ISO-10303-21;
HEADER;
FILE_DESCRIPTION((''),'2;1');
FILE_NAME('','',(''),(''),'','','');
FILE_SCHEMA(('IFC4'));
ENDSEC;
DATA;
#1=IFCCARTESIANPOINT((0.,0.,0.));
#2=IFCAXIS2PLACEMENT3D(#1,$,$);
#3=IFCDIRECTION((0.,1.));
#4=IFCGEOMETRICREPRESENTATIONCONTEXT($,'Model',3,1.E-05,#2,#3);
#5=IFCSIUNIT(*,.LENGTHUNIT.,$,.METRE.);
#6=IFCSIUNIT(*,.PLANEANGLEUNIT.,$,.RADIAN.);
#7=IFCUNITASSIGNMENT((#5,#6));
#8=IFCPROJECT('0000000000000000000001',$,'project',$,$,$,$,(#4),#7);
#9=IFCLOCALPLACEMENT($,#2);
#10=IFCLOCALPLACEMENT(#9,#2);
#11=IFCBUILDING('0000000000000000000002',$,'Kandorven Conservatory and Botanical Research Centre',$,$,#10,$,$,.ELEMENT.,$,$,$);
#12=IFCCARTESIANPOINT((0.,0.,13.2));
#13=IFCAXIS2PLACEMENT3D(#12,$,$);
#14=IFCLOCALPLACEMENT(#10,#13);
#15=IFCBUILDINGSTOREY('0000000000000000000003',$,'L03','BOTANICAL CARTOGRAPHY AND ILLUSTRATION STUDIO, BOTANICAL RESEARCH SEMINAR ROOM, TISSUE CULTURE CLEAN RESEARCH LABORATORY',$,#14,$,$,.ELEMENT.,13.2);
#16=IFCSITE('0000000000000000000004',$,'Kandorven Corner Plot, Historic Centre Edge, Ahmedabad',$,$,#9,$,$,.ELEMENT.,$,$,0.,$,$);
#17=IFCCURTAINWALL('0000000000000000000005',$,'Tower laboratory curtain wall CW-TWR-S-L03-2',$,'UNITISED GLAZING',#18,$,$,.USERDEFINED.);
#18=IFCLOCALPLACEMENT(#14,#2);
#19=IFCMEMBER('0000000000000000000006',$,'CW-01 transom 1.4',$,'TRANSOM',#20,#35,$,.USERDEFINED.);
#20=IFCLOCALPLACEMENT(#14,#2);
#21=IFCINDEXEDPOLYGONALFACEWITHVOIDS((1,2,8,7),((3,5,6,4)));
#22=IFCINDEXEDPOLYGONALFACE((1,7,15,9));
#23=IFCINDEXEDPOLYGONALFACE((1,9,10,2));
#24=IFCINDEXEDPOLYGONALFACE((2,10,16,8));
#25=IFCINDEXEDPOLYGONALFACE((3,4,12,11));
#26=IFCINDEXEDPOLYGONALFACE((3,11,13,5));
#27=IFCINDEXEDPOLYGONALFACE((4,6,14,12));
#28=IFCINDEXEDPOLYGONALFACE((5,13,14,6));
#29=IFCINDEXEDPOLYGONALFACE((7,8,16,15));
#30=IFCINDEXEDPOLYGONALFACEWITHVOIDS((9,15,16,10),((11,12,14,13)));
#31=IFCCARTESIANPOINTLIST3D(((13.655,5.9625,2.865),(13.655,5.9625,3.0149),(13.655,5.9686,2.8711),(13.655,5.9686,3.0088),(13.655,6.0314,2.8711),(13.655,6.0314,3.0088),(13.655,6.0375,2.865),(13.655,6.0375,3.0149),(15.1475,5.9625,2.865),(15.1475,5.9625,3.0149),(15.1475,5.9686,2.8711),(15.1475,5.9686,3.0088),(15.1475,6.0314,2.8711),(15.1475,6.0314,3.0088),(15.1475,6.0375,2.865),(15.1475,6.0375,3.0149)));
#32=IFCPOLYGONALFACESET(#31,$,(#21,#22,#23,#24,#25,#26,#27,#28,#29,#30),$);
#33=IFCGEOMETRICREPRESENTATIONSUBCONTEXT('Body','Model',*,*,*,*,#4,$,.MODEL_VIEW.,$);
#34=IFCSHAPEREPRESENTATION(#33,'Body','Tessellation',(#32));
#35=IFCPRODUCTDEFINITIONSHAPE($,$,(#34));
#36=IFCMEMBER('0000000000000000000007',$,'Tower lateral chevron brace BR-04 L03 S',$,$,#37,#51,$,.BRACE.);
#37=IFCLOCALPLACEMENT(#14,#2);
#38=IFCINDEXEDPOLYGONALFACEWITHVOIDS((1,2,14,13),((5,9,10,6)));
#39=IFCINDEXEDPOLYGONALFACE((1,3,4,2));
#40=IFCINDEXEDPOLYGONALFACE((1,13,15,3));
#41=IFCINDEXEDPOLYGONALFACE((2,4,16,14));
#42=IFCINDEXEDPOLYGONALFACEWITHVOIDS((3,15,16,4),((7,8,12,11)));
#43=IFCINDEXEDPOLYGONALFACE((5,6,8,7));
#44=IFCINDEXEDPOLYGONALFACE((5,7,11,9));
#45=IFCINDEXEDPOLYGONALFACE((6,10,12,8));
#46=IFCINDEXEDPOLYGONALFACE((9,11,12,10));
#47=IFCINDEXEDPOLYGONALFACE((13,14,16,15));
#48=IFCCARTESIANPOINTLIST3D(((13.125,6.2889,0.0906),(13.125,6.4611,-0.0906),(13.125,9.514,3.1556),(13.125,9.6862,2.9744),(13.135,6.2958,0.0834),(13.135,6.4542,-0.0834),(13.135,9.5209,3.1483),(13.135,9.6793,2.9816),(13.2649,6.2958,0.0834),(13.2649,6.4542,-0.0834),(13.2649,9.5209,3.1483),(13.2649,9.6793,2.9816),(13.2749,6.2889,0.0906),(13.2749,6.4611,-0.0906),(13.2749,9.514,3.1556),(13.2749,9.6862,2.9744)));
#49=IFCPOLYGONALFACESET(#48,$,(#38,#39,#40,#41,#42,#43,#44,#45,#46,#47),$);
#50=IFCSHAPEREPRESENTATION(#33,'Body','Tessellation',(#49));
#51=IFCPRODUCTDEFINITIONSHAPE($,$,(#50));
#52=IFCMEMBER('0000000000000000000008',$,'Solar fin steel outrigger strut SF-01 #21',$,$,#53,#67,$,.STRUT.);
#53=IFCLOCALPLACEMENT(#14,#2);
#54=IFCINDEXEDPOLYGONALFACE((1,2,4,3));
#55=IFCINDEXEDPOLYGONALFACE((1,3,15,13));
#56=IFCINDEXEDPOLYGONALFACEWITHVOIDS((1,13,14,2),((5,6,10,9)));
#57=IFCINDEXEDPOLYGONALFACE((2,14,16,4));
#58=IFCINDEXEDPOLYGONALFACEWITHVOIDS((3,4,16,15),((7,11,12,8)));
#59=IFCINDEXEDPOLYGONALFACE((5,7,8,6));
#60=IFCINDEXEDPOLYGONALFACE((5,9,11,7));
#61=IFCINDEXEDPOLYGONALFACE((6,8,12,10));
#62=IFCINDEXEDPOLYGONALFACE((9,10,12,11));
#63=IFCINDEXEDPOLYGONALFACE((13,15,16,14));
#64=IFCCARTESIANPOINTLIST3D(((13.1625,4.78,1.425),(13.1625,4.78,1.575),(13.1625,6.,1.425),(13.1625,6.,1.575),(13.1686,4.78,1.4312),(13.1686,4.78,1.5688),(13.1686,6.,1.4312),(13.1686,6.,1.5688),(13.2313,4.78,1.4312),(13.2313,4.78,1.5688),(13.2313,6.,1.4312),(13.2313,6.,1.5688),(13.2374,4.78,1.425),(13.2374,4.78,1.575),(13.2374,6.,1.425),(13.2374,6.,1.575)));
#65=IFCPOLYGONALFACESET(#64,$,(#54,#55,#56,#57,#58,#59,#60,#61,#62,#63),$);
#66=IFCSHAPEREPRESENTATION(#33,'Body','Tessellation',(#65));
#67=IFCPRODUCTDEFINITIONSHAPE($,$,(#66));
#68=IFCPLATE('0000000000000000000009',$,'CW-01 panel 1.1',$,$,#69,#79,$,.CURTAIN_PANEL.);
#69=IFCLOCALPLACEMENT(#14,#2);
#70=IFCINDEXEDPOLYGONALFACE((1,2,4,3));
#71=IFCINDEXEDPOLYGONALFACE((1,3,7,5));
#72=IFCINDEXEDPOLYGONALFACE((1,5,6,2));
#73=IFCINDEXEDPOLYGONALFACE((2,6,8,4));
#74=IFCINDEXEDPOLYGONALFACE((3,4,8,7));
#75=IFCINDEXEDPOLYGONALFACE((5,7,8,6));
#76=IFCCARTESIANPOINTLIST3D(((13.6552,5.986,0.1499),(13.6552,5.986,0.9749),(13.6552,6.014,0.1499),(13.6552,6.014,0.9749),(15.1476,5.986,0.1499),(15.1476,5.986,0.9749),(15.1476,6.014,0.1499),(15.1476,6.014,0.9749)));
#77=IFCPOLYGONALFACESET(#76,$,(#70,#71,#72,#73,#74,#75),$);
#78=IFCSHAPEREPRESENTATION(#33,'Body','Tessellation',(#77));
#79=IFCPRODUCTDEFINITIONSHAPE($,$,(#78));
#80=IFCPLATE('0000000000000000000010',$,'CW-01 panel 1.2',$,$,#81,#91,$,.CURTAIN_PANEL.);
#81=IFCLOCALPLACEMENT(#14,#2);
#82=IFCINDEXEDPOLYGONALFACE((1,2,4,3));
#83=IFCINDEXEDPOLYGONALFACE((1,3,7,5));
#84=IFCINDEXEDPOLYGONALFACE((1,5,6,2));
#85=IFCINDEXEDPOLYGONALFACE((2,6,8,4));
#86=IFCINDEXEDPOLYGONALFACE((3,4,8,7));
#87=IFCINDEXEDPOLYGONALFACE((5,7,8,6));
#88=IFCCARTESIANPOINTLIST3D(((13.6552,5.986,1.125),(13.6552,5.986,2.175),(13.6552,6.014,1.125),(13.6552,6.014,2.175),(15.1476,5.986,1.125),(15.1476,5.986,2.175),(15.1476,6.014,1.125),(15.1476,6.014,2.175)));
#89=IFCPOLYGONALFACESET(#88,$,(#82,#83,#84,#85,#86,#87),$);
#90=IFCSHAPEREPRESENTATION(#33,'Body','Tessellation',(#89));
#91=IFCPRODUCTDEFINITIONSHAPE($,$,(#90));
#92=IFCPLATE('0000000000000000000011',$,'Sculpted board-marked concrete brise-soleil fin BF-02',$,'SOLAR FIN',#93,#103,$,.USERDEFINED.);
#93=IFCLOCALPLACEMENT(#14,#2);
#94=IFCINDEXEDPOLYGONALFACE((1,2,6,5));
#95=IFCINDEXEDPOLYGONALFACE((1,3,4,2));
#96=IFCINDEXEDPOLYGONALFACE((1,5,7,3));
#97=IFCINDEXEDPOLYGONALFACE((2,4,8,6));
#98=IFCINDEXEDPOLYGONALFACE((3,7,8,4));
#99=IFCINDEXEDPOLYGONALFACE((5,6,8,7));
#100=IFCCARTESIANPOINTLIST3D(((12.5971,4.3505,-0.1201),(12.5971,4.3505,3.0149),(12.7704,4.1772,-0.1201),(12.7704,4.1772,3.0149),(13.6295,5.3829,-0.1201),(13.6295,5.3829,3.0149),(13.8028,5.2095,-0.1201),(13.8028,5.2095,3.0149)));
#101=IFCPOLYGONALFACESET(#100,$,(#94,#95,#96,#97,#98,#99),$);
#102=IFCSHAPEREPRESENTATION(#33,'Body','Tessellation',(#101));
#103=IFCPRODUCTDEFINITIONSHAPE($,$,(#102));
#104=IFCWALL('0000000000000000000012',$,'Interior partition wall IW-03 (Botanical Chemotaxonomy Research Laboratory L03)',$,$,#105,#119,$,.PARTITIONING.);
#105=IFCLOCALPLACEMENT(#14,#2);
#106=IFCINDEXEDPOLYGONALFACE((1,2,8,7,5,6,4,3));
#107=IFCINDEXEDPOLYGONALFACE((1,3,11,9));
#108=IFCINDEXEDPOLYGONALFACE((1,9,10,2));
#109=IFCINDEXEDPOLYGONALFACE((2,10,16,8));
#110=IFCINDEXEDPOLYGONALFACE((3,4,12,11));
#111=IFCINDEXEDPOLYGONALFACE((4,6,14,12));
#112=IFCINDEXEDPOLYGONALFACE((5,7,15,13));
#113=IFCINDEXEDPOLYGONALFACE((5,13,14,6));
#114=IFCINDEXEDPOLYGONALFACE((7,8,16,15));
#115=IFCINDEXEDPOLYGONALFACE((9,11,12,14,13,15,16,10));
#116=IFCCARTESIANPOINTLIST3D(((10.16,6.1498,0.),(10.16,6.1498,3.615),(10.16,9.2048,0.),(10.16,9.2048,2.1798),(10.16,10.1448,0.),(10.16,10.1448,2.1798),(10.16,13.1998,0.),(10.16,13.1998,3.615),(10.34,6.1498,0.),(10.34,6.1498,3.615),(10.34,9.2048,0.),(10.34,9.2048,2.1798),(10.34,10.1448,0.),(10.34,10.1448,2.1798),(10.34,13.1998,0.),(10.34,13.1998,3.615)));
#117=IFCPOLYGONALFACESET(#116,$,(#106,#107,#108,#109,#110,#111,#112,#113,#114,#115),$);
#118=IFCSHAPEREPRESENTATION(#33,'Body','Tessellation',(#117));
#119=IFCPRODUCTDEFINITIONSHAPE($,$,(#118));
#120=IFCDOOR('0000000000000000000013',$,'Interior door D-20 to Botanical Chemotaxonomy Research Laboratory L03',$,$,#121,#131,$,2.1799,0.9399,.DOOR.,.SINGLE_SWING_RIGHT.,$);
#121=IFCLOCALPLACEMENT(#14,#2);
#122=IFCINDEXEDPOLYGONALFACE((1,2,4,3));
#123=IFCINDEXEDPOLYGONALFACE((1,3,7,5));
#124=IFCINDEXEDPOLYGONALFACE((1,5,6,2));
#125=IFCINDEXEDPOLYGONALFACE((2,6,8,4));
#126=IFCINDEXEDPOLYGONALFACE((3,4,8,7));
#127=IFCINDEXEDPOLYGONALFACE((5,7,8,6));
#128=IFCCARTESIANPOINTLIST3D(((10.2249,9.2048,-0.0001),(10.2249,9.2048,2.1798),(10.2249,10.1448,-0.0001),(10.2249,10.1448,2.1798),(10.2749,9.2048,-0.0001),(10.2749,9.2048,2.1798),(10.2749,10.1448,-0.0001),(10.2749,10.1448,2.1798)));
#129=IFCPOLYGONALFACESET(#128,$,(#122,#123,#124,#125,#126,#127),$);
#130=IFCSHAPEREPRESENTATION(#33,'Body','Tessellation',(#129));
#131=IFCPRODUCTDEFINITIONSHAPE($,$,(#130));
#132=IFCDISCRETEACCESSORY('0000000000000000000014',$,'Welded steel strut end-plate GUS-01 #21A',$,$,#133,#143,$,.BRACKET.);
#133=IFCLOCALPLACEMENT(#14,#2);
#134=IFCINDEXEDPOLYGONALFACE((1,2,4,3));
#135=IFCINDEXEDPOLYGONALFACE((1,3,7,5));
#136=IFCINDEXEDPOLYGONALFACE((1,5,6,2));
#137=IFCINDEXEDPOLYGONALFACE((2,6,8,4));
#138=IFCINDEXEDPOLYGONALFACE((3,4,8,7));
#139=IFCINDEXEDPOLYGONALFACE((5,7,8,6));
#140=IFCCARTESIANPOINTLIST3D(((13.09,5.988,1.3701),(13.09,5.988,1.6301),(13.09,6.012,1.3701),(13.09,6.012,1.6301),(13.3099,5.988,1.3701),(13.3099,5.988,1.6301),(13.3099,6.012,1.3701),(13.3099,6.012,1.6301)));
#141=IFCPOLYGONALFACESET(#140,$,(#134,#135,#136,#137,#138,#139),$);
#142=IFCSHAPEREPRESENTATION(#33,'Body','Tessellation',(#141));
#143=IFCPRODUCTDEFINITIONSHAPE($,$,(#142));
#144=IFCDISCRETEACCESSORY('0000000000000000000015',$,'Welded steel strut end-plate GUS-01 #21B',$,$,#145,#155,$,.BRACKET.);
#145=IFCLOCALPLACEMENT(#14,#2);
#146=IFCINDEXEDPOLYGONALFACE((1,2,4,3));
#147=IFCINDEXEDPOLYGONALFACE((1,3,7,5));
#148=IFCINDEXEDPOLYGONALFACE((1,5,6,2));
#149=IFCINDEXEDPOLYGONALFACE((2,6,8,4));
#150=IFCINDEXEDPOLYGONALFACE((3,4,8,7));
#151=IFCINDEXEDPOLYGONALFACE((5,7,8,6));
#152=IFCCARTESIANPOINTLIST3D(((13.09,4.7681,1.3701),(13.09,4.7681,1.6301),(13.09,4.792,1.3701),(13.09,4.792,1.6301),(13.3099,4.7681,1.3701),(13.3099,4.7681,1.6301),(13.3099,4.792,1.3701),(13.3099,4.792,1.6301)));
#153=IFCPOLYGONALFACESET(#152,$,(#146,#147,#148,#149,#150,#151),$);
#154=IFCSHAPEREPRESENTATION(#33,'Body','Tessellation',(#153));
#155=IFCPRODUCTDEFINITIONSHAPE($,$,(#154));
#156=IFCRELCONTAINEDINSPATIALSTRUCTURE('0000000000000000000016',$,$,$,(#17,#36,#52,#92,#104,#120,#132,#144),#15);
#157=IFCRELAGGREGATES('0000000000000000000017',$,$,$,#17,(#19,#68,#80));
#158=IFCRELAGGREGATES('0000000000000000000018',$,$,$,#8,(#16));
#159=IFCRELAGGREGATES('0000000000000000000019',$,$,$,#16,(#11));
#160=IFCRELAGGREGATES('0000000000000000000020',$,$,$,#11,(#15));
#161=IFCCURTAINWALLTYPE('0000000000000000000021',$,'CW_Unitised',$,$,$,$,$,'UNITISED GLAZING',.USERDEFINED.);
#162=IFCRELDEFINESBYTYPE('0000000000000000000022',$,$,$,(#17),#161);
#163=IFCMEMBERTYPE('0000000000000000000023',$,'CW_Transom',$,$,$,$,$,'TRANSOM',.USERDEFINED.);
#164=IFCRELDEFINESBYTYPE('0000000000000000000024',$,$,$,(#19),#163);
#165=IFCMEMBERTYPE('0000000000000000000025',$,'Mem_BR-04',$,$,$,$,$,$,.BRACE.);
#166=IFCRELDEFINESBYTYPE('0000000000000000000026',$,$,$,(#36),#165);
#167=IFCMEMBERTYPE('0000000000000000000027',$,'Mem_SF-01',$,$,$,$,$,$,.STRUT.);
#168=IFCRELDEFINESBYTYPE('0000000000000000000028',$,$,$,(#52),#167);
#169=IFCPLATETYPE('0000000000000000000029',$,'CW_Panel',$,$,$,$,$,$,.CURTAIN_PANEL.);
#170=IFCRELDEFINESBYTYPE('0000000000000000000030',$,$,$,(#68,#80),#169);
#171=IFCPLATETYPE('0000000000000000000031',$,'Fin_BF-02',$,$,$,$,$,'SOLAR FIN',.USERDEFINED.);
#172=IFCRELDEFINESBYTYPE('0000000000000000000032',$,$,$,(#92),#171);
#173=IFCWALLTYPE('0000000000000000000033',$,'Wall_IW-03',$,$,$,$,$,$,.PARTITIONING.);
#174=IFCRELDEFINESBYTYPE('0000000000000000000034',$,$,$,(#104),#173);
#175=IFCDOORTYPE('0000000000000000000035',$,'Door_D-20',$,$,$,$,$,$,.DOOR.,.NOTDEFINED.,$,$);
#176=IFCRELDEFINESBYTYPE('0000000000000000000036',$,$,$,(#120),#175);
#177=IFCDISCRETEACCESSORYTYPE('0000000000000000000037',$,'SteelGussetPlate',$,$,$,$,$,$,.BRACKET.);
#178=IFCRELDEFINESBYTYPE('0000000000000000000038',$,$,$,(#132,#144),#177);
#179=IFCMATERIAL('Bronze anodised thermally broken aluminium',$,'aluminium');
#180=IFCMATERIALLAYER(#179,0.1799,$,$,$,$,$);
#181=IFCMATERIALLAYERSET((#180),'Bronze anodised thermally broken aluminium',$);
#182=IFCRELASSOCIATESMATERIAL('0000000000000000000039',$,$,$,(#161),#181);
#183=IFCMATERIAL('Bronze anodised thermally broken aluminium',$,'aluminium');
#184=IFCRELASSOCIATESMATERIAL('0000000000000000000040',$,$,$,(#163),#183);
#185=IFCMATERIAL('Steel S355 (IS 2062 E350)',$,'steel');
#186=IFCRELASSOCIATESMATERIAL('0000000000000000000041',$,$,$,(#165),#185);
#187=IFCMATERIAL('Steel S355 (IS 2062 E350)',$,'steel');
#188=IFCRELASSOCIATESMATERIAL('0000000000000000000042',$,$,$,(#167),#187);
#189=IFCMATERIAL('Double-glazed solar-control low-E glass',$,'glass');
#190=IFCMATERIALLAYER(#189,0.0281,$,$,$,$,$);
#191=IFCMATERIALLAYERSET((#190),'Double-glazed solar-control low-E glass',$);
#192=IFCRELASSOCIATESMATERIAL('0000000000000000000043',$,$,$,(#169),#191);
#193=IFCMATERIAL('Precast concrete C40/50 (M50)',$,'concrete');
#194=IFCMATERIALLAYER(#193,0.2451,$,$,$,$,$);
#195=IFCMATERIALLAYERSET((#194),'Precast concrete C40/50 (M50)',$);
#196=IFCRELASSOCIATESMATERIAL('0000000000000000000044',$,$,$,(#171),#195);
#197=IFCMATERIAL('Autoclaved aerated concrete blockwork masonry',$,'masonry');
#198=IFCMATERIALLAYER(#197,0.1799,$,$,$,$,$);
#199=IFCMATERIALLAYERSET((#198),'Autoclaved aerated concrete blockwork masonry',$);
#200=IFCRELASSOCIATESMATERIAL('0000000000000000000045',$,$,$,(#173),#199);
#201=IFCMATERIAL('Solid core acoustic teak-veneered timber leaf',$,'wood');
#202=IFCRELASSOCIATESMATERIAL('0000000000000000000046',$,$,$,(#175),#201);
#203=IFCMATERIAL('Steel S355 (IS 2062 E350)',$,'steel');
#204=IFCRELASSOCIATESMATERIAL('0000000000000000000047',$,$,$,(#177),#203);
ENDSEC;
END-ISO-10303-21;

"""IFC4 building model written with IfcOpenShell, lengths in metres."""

from ifc_helpers import new_model, si_unit, direction, frame, frame_2d, origin, origin_2d, place, context, subcontext, project, spatial, rectangle, hollow_rectangle, extrude, material, layer, layer_set, material_profile, profile_set, type_object, element, fill, aggregate, save


model = new_model("IFC4")

# Units and contexts
model_context = context("Model", 3, precision=1e-05, world=origin(), true_north=direction((0.0, 1.0)))
body_context = subcontext(model_context, "Body", "Model", "MODEL_VIEW")
ifc_project = project(units=[si_unit("LENGTHUNIT", "METRE"), si_unit("PLANEANGLEUNIT", "RADIAN")], contexts=[model_context])

# Site, building, storey
site_placement = place(None, origin())
site = spatial("IfcSite", under=ifc_project, at=site_placement, Name="Kandorven Corner Plot, Historic Centre Edge, Ahmedabad", CompositionType="ELEMENT", RefElevation=0.0)
building_placement = place(site_placement, origin())
building = spatial("IfcBuilding", under=site, at=building_placement, Name="Kandorven Conservatory and Botanical Research Centre", CompositionType="ELEMENT")
storey_placement = place(building_placement, frame((0.0, 0.0, 13.2)))
storey = spatial("IfcBuildingStorey", under=building, at=storey_placement, Name="L03", Description="BOTANICAL CARTOGRAPHY AND ILLUSTRATION STUDIO, BOTANICAL RESEARCH SEMINAR ROOM, TISSUE CULTURE CLEAN RESEARCH LABORATORY", CompositionType="ELEMENT", Elevation=13.2)

# Curtain wall, member
ifc_material_1 = material(Name="Bronze anodised thermally broken aluminium", Category="aluminium")
ifc_layer_1 = layer(ifc_material_1, 0.1799)
ifc_layer_set_1 = layer_set([ifc_layer_1], Name="Bronze anodised thermally broken aluminium")
curtain_wall_type = type_object("IfcCurtainWallType", Name="CW_Unitised", ElementType="UNITISED GLAZING", PredefinedType="USERDEFINED", material=ifc_layer_set_1)
curtain_wall_placement = place(storey_placement, origin())
curtain_wall = element("IfcCurtainWall", 1, at=curtain_wall_placement, inside=storey, type_object=curtain_wall_type, Name="Tower laboratory curtain wall CW-TWR-S-L03-2", ObjectType="UNITISED GLAZING", PredefinedType="USERDEFINED")
ifc_material_2 = material(Name="Bronze anodised thermally broken aluminium", Category="aluminium")
ifc_material_profile_1 = material_profile(ifc_material_2, hollow_rectangle(XDim=0.075, YDim=0.1499, WallThickness=0.0061, at=origin_2d()))
ifc_profile_set_1 = profile_set([ifc_material_profile_1], Name="Bronze anodised thermally broken aluminium")
member_type_1 = type_object("IfcMemberType", Name="CW_Transom", ElementType="TRANSOM", PredefinedType="USERDEFINED", material=ifc_profile_set_1)
member_1_placement = place(storey_placement, frame((13.655, 6.0, 2.9399), z_axis=(1.0, 0.0, 0.0), x_axis=(0.0, 1.0, 0.0)))
member_1 = element("IfcMember", 2, at=member_1_placement, type_object=member_type_1, Name="CW-01 transom 1.4", ObjectType="TRANSOM", PredefinedType="USERDEFINED", context=body_context, shape_type="SweptSolid", body=[
    extrude(hollow_rectangle(XDim=0.075, YDim=0.1499, WallThickness=0.0061, at=origin_2d()), origin(), (0.0, 0.0, 1.0), 1.4924),
])

# Members
ifc_material_3 = material(Name="Steel S355 (IS 2062 E350)", Category="steel")
ifc_material_profile_2 = material_profile(ifc_material_3, hollow_rectangle(XDim=0.1499, YDim=0.25, WallThickness=0.01, at=origin_2d()))
ifc_profile_set_2 = profile_set([ifc_material_profile_2], Name="Steel S355 (IS 2062 E350)")
member_type_2 = type_object("IfcMemberType", Name="Mem_BR-04", PredefinedType="BRACE", material=ifc_profile_set_2)
member_2_placement = place(storey_placement, frame((13.2, 6.375, 0.0), z_axis=(0.0, 0.724876, 0.688879), x_axis=(-1.0, 0.0, 0.0)))
element("IfcMember", 3, at=member_2_placement, inside=storey, type_object=member_type_2, Name="Tower lateral chevron brace BR-04 L03 S", PredefinedType="BRACE", context=body_context, shape_type="SweptSolid", body=[
    extrude(hollow_rectangle(XDim=0.1499, YDim=0.25, WallThickness=0.01, at=origin_2d()), origin(), (0.0, 0.0, 1.0), 4.4492),
])
ifc_material_4 = material(Name="Steel S355 (IS 2062 E350)", Category="steel")
ifc_material_profile_3 = material_profile(ifc_material_4, hollow_rectangle(XDim=0.075, YDim=0.1499, WallThickness=0.0061, at=origin_2d()))
ifc_profile_set_3 = profile_set([ifc_material_profile_3], Name="Steel S355 (IS 2062 E350)")
member_type_3 = type_object("IfcMemberType", Name="Mem_SF-01", PredefinedType="STRUT", material=ifc_profile_set_3)
member_3_placement = place(storey_placement, frame((13.2, 6.0, 1.5), z_axis=(0.0, -1.0, 0.0), x_axis=(1.0, 0.0, 0.0)))
element("IfcMember", 4, at=member_3_placement, inside=storey, type_object=member_type_3, Name="Solar fin steel outrigger strut SF-01 #21", PredefinedType="STRUT", context=body_context, shape_type="SweptSolid", body=[
    extrude(hollow_rectangle(XDim=0.075, YDim=0.1499, WallThickness=0.0061, at=origin_2d()), origin(), (0.0, 0.0, 1.0), 1.22),
])

# Plates
ifc_material_5 = material(Name="Double-glazed solar-control low-E glass", Category="glass")
ifc_layer_2 = layer(ifc_material_5, 0.0281)
ifc_layer_set_2 = layer_set([ifc_layer_2], Name="Double-glazed solar-control low-E glass")
plate_type_1 = type_object("IfcPlateType", Name="CW_Panel", PredefinedType="CURTAIN_PANEL", material=ifc_layer_set_2)
plate_1_placement = place(storey_placement, frame((14.4014, 6.0, 0.1499), z_axis=(0.0, 0.0, 1.0), x_axis=(1.0, 0.0, 0.0)))
plate_1 = element("IfcPlate", 5, at=plate_1_placement, type_object=plate_type_1, Name="CW-01 panel 1.1", PredefinedType="CURTAIN_PANEL", context=body_context, shape_type="SweptSolid", body=[
    extrude(rectangle(XDim=1.4924, YDim=0.0281, at=origin_2d()), origin(), (0.0, 0.0, 1.0), 0.825),
])
plate_2_placement = place(storey_placement, frame((14.4014, 6.0, 1.125), z_axis=(0.0, 0.0, 1.0), x_axis=(1.0, 0.0, 0.0)))
plate_2 = element("IfcPlate", 6, at=plate_2_placement, type_object=plate_type_1, Name="CW-01 panel 1.2", PredefinedType="CURTAIN_PANEL", context=body_context, shape_type="SweptSolid", body=[
    extrude(rectangle(XDim=1.4924, YDim=0.0281, at=origin_2d()), origin(), (0.0, 0.0, 1.0), 1.05),
])
aggregate(curtain_wall, [member_1, plate_1, plate_2])
ifc_material_6 = material(Name="Precast concrete C40/50 (M50)", Category="concrete")
ifc_layer_3 = layer(ifc_material_6, 0.2451)
ifc_layer_set_3 = layer_set([ifc_layer_3], Name="Precast concrete C40/50 (M50)")
plate_type_2 = type_object("IfcPlateType", Name="Fin_BF-02", ElementType="SOLAR FIN", PredefinedType="USERDEFINED", material=ifc_layer_set_3)
plate_3_placement = place(storey_placement, frame((13.2, 4.78, -0.1201), z_axis=(0.0, 0.0, 1.0), x_axis=(0.707107, 0.707107, 0.0)))
element("IfcPlate", 7, at=plate_3_placement, inside=storey, type_object=plate_type_2, Name="Sculpted board-marked concrete brise-soleil fin BF-02", ObjectType="SOLAR FIN", PredefinedType="USERDEFINED", context=body_context, shape_type="SweptSolid", body=[
    extrude(rectangle(XDim=1.46, YDim=0.2451, at=origin_2d()), origin(), (0.0, 0.0, 1.0), 3.135),
])

# Wall, opening, door
ifc_material_7 = material(Name="Autoclaved aerated concrete blockwork masonry", Category="masonry")
ifc_layer_4 = layer(ifc_material_7, 0.1799)
ifc_layer_set_4 = layer_set([ifc_layer_4], Name="Autoclaved aerated concrete blockwork masonry")
wall_type = type_object("IfcWallType", Name="Wall_IW-03", PredefinedType="PARTITIONING", material=ifc_layer_set_4)
wall_placement = place(storey_placement, frame((10.25, 6.1499, 0.0), z_axis=(0.0, 0.0, 1.0), x_axis=(0.0, 1.0, 0.0)))
wall = element("IfcWall", 8, at=wall_placement, inside=storey, type_object=wall_type, Name="Interior partition wall IW-03 (Botanical Chemotaxonomy Research Laboratory L03)", PredefinedType="PARTITIONING", context=body_context, shape_type="SweptSolid", body=[
    extrude(rectangle(XDim=7.05, YDim=0.1799, at=frame_2d((3.5249, 0.0))), origin(), (0.0, 0.0, 1.0), 3.615),
])
opening_placement = place(wall_placement, frame((3.0549, 0.0, 0.0)))
opening = element("IfcOpeningElement", 9, at=opening_placement, cuts=wall, PredefinedType="OPENING", context=body_context, shape_type="SweptSolid", body=[
    extrude(rectangle(XDim=0.9399, YDim=2.1799, at=frame_2d((0.47, 1.0898))), frame((0.0, 0.0999, 0.0), z_axis=(0.0, -1.0, 0.0), x_axis=(1.0, 0.0, 0.0)), (0.0, 0.0, 1.0), 0.2),
])
ifc_material_8 = material(Name="Solid core acoustic teak-veneered timber leaf", Category="wood")
door_type = type_object("IfcDoorType", Name="Door_D-20", OperationType="NOTDEFINED", PredefinedType="DOOR", material=ifc_material_8)
door_placement = place(opening_placement, frame((0.9399, 0.0, 0.0), z_axis=(0.0, 0.0, 1.0), x_axis=(-1.0, 0.0, 0.0)))
door = element("IfcDoor", 10, at=door_placement, inside=storey, type_object=door_type, Name="Interior door D-20 to Botanical Chemotaxonomy Research Laboratory L03", OperationType="SINGLE_SWING_RIGHT", OverallHeight=2.1799, OverallWidth=0.9399, PredefinedType="DOOR", context=body_context, shape_type="SweptSolid", body=[
    extrude(rectangle(XDim=0.9399, YDim=2.1799, at=frame_2d((0.47, 1.0898))), frame((0.0, 0.0249, 0.0), z_axis=(0.0, -1.0, 0.0), x_axis=(1.0, 0.0, 0.0)), (0.0, 0.0, 1.0), 0.05),
])
fill(opening, door)

# Discrete accessories
ifc_material_9 = material(Name="Steel S355 (IS 2062 E350)", Category="steel")
discrete_accessory_type = type_object("IfcDiscreteAccessoryType", Name="SteelGussetPlate", PredefinedType="BRACKET", material=ifc_material_9)
for number, where, z_axis, x_axis, name in (
    (11, (13.2, 6.0, 1.3701), (0.0, 0.0, 1.0), (1.0, 0.0, 0.0), "Welded steel strut end-plate GUS-01 #21A"),
    (12, (13.2, 4.78, 1.3701), (0.0, 0.0, 1.0), (1.0, 0.0, 0.0), "Welded steel strut end-plate GUS-01 #21B"),
):
    element("IfcDiscreteAccessory", number, at=place(storey_placement, frame(where, z_axis=z_axis, x_axis=x_axis)), inside=storey, type_object=discrete_accessory_type, Name=name, PredefinedType="BRACKET", context=body_context, shape_type="SweptSolid", body=[
        extrude(rectangle(XDim=0.22, YDim=0.0239, at=origin_2d()), origin(), (0.0, 0.0, 1.0), 0.26),
    ])

save(model, "model.ifc")
